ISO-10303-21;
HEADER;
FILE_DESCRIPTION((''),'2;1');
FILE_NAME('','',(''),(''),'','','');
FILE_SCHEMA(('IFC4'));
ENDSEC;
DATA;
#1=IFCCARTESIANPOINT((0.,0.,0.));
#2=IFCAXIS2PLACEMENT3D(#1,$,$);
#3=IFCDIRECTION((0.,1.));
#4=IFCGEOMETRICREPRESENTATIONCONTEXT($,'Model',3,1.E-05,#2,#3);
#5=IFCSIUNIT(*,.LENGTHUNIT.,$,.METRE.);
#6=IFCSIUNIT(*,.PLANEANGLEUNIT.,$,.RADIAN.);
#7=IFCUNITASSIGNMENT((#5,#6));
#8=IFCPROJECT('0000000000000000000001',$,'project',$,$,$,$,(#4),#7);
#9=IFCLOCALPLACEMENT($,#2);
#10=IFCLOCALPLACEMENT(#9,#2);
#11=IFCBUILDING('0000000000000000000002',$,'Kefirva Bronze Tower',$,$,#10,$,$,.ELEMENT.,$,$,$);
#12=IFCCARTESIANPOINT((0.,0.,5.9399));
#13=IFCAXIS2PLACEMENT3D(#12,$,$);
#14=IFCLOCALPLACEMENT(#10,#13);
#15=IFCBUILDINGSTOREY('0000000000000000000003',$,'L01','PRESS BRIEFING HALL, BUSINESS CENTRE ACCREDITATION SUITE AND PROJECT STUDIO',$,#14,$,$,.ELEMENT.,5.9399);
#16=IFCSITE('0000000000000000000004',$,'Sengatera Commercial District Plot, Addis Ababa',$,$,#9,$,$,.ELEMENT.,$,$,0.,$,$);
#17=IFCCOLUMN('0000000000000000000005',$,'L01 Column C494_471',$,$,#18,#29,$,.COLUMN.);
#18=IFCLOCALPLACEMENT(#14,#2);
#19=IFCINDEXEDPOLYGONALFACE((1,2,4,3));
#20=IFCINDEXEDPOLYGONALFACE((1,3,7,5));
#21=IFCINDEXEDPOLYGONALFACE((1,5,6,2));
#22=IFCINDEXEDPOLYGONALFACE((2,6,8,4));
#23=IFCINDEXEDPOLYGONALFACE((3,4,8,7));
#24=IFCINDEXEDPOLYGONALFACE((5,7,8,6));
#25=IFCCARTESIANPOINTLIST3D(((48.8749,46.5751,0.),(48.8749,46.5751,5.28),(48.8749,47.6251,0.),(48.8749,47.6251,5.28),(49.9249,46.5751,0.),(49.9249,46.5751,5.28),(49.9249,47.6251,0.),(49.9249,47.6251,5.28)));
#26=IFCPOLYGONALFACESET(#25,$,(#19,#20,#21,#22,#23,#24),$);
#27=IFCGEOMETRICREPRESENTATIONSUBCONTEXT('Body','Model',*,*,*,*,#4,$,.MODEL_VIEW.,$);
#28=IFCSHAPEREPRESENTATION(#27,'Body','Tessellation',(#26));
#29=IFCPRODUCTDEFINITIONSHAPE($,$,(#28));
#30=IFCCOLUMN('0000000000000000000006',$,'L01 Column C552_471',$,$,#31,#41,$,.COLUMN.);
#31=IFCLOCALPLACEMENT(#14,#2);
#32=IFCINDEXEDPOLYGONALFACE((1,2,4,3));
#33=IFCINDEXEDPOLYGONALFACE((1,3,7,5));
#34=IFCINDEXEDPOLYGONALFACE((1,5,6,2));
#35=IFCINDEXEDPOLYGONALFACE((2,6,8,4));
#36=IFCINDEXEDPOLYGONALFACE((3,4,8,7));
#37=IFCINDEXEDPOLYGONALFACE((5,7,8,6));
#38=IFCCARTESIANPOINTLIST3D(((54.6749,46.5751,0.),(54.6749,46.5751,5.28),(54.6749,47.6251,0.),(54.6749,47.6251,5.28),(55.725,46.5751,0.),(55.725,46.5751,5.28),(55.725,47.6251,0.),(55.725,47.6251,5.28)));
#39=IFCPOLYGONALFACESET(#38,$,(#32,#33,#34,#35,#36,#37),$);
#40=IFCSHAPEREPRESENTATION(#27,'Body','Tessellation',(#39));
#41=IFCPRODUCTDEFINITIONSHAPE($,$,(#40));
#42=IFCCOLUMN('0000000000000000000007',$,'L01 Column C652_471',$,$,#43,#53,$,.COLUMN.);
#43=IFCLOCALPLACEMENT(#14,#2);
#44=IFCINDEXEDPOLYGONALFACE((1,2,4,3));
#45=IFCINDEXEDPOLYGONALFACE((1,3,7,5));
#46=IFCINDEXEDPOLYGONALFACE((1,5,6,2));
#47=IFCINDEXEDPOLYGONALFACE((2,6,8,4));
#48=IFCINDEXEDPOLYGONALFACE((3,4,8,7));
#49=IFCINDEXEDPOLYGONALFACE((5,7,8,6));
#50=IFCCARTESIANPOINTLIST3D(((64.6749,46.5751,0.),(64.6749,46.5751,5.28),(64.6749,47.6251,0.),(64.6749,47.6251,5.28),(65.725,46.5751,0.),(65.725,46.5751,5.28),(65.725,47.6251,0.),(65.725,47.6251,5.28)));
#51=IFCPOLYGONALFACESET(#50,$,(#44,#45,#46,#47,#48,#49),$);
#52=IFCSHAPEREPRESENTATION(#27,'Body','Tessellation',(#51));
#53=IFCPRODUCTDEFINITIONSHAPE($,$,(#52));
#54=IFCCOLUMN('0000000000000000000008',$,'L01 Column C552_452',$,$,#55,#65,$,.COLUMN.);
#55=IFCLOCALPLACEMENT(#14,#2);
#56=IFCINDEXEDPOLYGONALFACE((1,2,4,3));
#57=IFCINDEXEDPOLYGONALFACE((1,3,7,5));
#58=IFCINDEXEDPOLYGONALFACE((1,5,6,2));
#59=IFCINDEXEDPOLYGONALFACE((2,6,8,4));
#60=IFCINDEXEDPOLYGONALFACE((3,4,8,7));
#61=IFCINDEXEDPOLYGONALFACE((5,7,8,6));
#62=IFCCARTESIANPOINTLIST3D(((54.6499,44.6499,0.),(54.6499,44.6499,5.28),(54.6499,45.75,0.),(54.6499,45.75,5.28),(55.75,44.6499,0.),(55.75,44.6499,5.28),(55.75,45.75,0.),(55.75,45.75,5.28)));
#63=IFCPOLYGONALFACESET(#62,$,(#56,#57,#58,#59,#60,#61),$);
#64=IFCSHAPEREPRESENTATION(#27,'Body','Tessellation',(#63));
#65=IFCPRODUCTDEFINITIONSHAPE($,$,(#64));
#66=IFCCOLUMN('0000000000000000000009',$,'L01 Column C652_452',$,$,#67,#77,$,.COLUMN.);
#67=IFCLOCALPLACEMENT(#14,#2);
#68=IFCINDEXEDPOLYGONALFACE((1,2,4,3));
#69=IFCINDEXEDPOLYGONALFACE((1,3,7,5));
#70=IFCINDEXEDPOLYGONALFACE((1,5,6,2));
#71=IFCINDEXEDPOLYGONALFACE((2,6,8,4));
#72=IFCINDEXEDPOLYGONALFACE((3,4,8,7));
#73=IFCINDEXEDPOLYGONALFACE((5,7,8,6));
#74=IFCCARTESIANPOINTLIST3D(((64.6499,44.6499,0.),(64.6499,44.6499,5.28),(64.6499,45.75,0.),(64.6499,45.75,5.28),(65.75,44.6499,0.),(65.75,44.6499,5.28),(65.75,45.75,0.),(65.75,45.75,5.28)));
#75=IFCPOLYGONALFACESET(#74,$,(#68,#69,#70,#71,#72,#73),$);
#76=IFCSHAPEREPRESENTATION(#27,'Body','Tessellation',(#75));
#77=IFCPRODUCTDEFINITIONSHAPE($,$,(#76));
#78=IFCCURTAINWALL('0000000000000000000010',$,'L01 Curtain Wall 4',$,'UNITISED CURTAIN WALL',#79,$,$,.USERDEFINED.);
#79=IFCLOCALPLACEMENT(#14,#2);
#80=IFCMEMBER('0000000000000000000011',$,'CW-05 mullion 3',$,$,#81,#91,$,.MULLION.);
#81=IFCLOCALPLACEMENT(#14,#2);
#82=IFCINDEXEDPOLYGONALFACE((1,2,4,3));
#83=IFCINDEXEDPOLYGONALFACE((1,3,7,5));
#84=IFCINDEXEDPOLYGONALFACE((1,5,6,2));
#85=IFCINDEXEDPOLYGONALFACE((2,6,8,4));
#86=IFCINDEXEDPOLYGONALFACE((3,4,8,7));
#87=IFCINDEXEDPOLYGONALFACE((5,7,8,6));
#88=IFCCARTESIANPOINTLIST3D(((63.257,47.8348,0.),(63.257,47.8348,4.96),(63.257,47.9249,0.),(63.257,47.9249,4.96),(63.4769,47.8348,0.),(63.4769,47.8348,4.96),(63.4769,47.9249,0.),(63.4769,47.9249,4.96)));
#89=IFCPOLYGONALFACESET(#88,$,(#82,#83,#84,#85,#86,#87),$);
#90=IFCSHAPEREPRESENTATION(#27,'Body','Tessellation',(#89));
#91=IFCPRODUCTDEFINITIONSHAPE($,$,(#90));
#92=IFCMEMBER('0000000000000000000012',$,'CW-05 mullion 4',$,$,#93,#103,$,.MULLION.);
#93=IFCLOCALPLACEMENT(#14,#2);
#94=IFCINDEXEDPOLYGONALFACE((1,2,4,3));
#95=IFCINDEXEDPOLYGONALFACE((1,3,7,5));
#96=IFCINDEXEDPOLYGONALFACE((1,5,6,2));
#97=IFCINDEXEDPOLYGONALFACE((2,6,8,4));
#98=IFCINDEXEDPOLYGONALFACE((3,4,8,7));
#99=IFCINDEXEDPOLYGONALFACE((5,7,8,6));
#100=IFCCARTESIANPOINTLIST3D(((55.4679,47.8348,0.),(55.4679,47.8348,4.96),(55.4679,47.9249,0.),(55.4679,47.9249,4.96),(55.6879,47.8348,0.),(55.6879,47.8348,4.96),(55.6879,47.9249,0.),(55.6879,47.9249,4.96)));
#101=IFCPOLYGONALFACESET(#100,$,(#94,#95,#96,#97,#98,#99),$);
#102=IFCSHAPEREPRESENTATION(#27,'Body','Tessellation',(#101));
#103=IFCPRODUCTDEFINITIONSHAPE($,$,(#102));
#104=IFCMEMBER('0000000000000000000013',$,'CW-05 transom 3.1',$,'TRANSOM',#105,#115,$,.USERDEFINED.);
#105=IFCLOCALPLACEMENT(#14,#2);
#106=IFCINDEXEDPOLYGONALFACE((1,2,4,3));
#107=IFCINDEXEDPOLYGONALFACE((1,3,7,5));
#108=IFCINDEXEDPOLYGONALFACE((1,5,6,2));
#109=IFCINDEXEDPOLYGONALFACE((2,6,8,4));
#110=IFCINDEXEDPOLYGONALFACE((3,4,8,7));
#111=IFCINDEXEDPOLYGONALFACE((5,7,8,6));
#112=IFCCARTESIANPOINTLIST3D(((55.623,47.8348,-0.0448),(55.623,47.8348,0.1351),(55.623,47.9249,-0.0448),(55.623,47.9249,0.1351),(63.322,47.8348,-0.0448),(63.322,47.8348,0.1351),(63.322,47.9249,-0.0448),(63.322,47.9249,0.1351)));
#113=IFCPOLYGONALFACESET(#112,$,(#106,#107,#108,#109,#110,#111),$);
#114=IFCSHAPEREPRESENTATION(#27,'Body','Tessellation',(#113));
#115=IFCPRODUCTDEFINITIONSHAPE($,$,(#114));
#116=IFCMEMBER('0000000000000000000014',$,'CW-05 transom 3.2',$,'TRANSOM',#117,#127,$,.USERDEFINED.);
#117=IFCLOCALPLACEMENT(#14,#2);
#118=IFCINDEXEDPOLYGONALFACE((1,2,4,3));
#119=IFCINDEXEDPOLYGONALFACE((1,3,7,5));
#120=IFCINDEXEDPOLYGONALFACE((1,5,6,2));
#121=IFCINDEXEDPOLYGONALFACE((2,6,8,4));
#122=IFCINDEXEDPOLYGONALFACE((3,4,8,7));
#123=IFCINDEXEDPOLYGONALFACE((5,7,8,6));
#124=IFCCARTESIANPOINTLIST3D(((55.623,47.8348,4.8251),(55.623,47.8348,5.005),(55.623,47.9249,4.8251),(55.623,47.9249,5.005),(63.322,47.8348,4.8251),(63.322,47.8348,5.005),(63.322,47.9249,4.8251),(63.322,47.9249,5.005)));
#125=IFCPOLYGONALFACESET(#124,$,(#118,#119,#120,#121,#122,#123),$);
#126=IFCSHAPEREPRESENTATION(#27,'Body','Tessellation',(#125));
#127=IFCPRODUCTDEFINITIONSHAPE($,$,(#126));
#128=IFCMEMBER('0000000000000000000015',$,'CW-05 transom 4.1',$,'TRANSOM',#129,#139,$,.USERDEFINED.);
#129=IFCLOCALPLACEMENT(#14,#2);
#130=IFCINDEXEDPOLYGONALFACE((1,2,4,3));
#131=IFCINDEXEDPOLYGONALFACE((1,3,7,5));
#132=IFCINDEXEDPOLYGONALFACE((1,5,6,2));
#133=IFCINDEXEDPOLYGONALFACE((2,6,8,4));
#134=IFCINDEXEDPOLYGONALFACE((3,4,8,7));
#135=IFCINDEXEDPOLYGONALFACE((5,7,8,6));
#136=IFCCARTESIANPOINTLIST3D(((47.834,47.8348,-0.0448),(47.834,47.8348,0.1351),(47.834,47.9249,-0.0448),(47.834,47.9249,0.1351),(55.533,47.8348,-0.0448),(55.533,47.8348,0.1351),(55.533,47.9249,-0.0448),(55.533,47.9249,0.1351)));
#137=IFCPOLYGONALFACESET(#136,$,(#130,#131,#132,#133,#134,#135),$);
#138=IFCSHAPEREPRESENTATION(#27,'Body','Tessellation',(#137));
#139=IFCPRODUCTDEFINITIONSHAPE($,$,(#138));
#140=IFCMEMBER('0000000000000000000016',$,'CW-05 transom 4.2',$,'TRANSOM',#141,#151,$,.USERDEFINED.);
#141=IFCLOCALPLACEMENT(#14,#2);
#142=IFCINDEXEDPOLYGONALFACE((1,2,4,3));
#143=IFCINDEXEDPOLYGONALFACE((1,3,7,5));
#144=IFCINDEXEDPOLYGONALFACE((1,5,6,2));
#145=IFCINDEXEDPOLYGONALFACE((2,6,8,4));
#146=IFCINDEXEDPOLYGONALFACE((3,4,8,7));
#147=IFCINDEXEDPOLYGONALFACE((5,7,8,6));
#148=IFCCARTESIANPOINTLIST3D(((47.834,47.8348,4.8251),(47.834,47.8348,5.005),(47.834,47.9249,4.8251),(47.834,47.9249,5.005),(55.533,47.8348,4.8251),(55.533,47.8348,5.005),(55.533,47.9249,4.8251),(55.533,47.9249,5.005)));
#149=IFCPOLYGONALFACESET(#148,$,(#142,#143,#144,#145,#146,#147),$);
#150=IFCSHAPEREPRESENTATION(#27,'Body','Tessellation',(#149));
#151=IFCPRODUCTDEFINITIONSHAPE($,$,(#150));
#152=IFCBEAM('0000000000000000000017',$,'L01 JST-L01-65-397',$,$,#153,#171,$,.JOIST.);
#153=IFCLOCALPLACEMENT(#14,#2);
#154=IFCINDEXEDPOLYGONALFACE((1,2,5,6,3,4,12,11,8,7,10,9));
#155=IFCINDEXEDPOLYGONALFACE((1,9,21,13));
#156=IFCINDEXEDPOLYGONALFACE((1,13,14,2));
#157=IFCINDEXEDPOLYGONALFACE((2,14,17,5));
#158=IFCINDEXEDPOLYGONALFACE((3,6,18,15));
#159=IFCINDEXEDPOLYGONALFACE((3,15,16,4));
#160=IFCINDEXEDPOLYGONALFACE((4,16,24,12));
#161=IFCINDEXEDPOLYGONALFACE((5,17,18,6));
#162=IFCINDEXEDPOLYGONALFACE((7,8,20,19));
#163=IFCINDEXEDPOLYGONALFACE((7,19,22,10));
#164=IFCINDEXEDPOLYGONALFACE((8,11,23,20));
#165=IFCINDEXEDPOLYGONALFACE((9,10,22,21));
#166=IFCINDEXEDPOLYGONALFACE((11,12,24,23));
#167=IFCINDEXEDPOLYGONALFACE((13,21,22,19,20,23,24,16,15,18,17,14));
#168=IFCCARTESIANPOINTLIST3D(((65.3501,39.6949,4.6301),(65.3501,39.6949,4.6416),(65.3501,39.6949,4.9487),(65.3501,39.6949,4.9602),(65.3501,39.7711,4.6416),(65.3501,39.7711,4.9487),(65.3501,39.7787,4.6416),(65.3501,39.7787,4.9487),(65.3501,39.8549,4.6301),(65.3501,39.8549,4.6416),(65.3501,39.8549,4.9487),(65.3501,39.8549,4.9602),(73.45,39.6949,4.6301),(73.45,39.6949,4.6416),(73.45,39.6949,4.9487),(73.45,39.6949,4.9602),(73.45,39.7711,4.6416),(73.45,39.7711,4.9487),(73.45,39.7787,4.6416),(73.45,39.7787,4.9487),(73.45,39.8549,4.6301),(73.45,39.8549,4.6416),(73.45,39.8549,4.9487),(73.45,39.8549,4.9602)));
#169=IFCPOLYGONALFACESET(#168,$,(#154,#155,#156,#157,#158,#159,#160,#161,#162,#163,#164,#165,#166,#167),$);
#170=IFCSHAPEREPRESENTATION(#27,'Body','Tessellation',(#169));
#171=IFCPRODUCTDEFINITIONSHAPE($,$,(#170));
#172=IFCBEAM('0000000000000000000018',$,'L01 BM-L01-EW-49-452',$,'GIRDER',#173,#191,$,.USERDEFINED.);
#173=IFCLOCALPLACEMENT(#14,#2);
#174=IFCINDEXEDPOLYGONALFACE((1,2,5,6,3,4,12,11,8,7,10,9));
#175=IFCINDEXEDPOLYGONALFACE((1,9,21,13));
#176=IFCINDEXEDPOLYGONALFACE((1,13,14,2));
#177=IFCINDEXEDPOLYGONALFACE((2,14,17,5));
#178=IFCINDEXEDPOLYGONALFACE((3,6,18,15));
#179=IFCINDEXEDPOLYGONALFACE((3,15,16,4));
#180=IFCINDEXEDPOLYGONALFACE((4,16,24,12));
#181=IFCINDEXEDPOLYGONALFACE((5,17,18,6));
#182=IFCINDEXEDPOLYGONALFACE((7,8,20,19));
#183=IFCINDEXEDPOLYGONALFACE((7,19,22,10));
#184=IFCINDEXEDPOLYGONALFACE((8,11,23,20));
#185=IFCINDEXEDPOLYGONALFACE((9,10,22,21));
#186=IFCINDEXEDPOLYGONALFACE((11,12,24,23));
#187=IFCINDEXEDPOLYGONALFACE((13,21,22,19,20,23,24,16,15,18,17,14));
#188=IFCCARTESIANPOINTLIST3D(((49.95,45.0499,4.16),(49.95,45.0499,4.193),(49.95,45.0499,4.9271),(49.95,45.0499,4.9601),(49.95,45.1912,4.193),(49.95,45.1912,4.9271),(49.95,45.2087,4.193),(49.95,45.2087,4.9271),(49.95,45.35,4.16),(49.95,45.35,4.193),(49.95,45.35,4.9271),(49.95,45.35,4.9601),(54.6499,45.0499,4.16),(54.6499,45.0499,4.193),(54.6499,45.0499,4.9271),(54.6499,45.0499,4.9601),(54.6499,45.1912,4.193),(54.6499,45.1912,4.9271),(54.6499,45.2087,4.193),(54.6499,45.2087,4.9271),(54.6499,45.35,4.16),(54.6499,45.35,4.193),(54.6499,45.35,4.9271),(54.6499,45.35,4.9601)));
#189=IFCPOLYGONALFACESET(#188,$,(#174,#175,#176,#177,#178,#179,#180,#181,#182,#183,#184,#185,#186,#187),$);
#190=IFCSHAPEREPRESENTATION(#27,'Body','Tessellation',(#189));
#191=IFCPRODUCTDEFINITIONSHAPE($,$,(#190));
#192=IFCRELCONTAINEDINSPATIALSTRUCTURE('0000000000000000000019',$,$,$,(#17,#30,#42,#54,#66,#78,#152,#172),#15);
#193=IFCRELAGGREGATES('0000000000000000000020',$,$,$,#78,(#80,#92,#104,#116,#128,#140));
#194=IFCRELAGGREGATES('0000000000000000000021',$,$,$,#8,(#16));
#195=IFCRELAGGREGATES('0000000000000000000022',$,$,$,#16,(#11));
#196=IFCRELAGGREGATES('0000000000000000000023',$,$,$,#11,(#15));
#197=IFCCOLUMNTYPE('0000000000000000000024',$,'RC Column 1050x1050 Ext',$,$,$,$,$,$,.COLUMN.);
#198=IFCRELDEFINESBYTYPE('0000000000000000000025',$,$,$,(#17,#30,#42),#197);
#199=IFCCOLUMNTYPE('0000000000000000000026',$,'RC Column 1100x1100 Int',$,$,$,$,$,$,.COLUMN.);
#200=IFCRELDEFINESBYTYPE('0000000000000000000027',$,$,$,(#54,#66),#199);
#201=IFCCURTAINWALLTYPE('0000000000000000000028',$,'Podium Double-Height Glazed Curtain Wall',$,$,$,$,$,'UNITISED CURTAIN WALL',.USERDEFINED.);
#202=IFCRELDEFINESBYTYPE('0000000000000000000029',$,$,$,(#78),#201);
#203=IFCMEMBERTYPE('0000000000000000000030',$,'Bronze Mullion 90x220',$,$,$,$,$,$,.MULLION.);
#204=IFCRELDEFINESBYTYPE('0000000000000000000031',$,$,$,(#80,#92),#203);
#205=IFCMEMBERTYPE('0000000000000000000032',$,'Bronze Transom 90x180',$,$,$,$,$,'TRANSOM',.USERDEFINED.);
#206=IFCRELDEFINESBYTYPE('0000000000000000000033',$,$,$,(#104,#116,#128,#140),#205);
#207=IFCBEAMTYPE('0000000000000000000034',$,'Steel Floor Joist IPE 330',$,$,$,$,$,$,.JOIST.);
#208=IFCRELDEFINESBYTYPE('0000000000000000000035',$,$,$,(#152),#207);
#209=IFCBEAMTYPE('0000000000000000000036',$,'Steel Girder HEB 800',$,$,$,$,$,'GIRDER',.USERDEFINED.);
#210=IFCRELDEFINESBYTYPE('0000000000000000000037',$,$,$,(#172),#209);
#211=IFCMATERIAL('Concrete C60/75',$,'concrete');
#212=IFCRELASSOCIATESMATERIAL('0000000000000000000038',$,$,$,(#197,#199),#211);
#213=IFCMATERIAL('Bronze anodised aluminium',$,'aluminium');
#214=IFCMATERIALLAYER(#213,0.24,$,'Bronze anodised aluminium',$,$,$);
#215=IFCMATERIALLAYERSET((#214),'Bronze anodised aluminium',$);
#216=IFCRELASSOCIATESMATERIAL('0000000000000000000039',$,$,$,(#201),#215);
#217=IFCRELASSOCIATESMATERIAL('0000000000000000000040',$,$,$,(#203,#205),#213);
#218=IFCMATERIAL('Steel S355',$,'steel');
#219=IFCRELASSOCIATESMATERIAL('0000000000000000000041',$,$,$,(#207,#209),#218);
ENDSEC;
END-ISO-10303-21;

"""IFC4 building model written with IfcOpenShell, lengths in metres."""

from ifc_helpers import new_model, si_unit, direction, frame, origin, origin_2d, place, context, subcontext, project, spatial, rectangle, i_section, extrude, material, layer, layer_set, material_profile, profile_set, type_object, element, aggregate, save


model = new_model("IFC4")

# Units and contexts
model_context = context("Model", 3, precision=1e-05, world=origin(), true_north=direction((0.0, 1.0)))
body_context = subcontext(model_context, "Body", "Model", "MODEL_VIEW")
ifc_project = project(units=[si_unit("LENGTHUNIT", "METRE"), si_unit("PLANEANGLEUNIT", "RADIAN")], contexts=[model_context])

# Site, building, storey
site_placement = place(None, origin())
site = spatial("IfcSite", under=ifc_project, at=site_placement, Name="Sengatera Commercial District Plot, Addis Ababa", CompositionType="ELEMENT", RefElevation=0.0)
building_placement = place(site_placement, origin())
building = spatial("IfcBuilding", under=site, at=building_placement, Name="Kefirva Bronze Tower", CompositionType="ELEMENT")
storey_placement = place(building_placement, frame((0.0, 0.0, 5.9399)))
storey = spatial("IfcBuildingStorey", under=building, at=storey_placement, Name="L01", Description="PRESS BRIEFING HALL, BUSINESS CENTRE ACCREDITATION SUITE AND PROJECT STUDIO", CompositionType="ELEMENT", Elevation=5.9399)

# Columns
ifc_material_1 = material(Name="Concrete C60/75", Category="concrete")
ifc_material_profile_1 = material_profile(ifc_material_1, rectangle(XDim=1.05, YDim=1.05, at=origin_2d()), Name="RC 1050x1050")
ifc_profile_set_1 = profile_set([ifc_material_profile_1], Name="Concrete C60/75")
column_type_1 = type_object("IfcColumnType", Name="RC Column 1050x1050 Ext", PredefinedType="COLUMN", material=ifc_profile_set_1)
for number, where, z_axis, x_axis, name in (
    (1, (49.3999, 47.1001, 0.0), (0.0, 0.0, 1.0), (1.0, 0.0, 0.0), "L01 Column C494_471"),
    (2, (55.2, 47.1001, 0.0), (0.0, 0.0, 1.0), (1.0, 0.0, 0.0), "L01 Column C552_471"),
    (3, (65.2, 47.1001, 0.0), (0.0, 0.0, 1.0), (1.0, 0.0, 0.0), "L01 Column C652_471"),
):
    element("IfcColumn", number, at=place(storey_placement, frame(where, z_axis=z_axis, x_axis=x_axis)), inside=storey, type_object=column_type_1, Name=name, PredefinedType="COLUMN", context=body_context, shape_type="SweptSolid", body=[
        extrude(rectangle(XDim=1.05, YDim=1.05, at=origin_2d()), origin(), (0.0, 0.0, 1.0), 5.28),
    ])
ifc_material_profile_2 = material_profile(ifc_material_1, rectangle(XDim=1.1001, YDim=1.1001, at=origin_2d()), Name="RC 1100x1100")
ifc_profile_set_2 = profile_set([ifc_material_profile_2], Name="Concrete C60/75")
column_type_2 = type_object("IfcColumnType", Name="RC Column 1100x1100 Int", PredefinedType="COLUMN", material=ifc_profile_set_2)
for number, where, z_axis, x_axis, name in (
    (4, (55.2, 45.2, 0.0), (0.0, 0.0, 1.0), (1.0, 0.0, 0.0), "L01 Column C552_452"),
    (5, (65.2, 45.2, 0.0), (0.0, 0.0, 1.0), (1.0, 0.0, 0.0), "L01 Column C652_452"),
):
    element("IfcColumn", number, at=place(storey_placement, frame(where, z_axis=z_axis, x_axis=x_axis)), inside=storey, type_object=column_type_2, Name=name, PredefinedType="COLUMN", context=body_context, shape_type="SweptSolid", body=[
        extrude(rectangle(XDim=1.1001, YDim=1.1001, at=origin_2d()), origin(), (0.0, 0.0, 1.0), 5.28),
    ])

# Curtain wall, members
ifc_material_2 = material(Name="Bronze anodised aluminium", Category="aluminium")
ifc_layer_1 = layer(ifc_material_2, 0.24, Name="Bronze anodised aluminium")
ifc_layer_set_1 = layer_set([ifc_layer_1], Name="Bronze anodised aluminium")
curtain_wall_type = type_object("IfcCurtainWallType", Name="Podium Double-Height Glazed Curtain Wall", ElementType="UNITISED CURTAIN WALL", PredefinedType="USERDEFINED", material=ifc_layer_set_1)
curtain_wall_placement = place(storey_placement, origin())
curtain_wall = element("IfcCurtainWall", 6, at=curtain_wall_placement, inside=storey, type_object=curtain_wall_type, Name="L01 Curtain Wall 4", ObjectType="UNITISED CURTAIN WALL", PredefinedType="USERDEFINED")
ifc_material_profile_3 = material_profile(ifc_material_2, rectangle(XDim=0.0901, YDim=0.22, at=origin_2d()), Name="ALU 90x220")
ifc_profile_set_3 = profile_set([ifc_material_profile_3], Name="Bronze anodised aluminium")
member_type_1 = type_object("IfcMemberType", Name="Bronze Mullion 90x220", PredefinedType="MULLION", material=ifc_profile_set_3)
member_1_placement = place(storey_placement, frame((63.3669, 47.8799, 0.0), z_axis=(0.0, 0.0, 1.0), x_axis=(0.0, -1.0, 0.0)))
member_1 = element("IfcMember", 7, at=member_1_placement, type_object=member_type_1, Name="CW-05 mullion 3", PredefinedType="MULLION", context=body_context, shape_type="SweptSolid", body=[
    extrude(rectangle(XDim=0.0901, YDim=0.22, at=origin_2d()), origin(), (0.0, 0.0, 1.0), 4.96),
])
member_2_placement = place(storey_placement, frame((55.5779, 47.8799, 0.0), z_axis=(0.0, 0.0, 1.0), x_axis=(0.0, -1.0, 0.0)))
member_2 = element("IfcMember", 8, at=member_2_placement, type_object=member_type_1, Name="CW-05 mullion 4", PredefinedType="MULLION", context=body_context, shape_type="SweptSolid", body=[
    extrude(rectangle(XDim=0.0901, YDim=0.22, at=origin_2d()), origin(), (0.0, 0.0, 1.0), 4.96),
])
ifc_material_profile_4 = material_profile(ifc_material_2, rectangle(XDim=0.0901, YDim=0.1799, at=origin_2d()), Name="ALU 90x180")
ifc_profile_set_4 = profile_set([ifc_material_profile_4], Name="Bronze anodised aluminium")
member_type_2 = type_object("IfcMemberType", Name="Bronze Transom 90x180", ElementType="TRANSOM", PredefinedType="USERDEFINED", material=ifc_profile_set_4)
member_3_placement = place(storey_placement, frame((63.322, 47.8799, 0.0452), z_axis=(-1.0, 0.0, 0.0), x_axis=(0.0, -1.0, 0.0)))
member_3 = element("IfcMember", 9, at=member_3_placement, type_object=member_type_2, Name="CW-05 transom 3.1", ObjectType="TRANSOM", PredefinedType="USERDEFINED", context=body_context, shape_type="SweptSolid", body=[
    extrude(rectangle(XDim=0.0901, YDim=0.1799, at=origin_2d()), origin(), (0.0, 0.0, 1.0), 7.699),
])
member_4_placement = place(storey_placement, frame((63.322, 47.8799, 4.915), z_axis=(-1.0, 0.0, 0.0), x_axis=(0.0, -1.0, 0.0)))
member_4 = element("IfcMember", 10, at=member_4_placement, type_object=member_type_2, Name="CW-05 transom 3.2", ObjectType="TRANSOM", PredefinedType="USERDEFINED", context=body_context, shape_type="SweptSolid", body=[
    extrude(rectangle(XDim=0.0901, YDim=0.1799, at=origin_2d()), origin(), (0.0, 0.0, 1.0), 7.699),
])
member_5_placement = place(storey_placement, frame((55.533, 47.8799, 0.0452), z_axis=(-1.0, 0.0, 0.0), x_axis=(0.0, -1.0, 0.0)))
member_5 = element("IfcMember", 11, at=member_5_placement, type_object=member_type_2, Name="CW-05 transom 4.1", ObjectType="TRANSOM", PredefinedType="USERDEFINED", context=body_context, shape_type="SweptSolid", body=[
    extrude(rectangle(XDim=0.0901, YDim=0.1799, at=origin_2d()), origin(), (0.0, 0.0, 1.0), 7.699),
])
member_6_placement = place(storey_placement, frame((55.533, 47.8799, 4.915), z_axis=(-1.0, 0.0, 0.0), x_axis=(0.0, -1.0, 0.0)))
member_6 = element("IfcMember", 12, at=member_6_placement, type_object=member_type_2, Name="CW-05 transom 4.2", ObjectType="TRANSOM", PredefinedType="USERDEFINED", context=body_context, shape_type="SweptSolid", body=[
    extrude(rectangle(XDim=0.0901, YDim=0.1799, at=origin_2d()), origin(), (0.0, 0.0, 1.0), 7.699),
])

# Beams
ifc_material_3 = material(Name="Steel S355", Category="steel")
ifc_material_profile_5 = material_profile(ifc_material_3, i_section(OverallWidth=0.1599, OverallDepth=0.3301, WebThickness=0.0076, FlangeThickness=0.0115, at=origin_2d()), Name="IPE 330")
ifc_profile_set_5 = profile_set([ifc_material_profile_5], Name="Steel S355")
beam_type_1 = type_object("IfcBeamType", Name="Steel Floor Joist IPE 330", PredefinedType="JOIST", material=ifc_profile_set_5)
beam_1_placement = place(storey_placement, frame((65.3501, 39.7749, 4.7952), z_axis=(1.0, 0.0, 0.0), x_axis=(0.0, 1.0, 0.0)))
element("IfcBeam", 13, at=beam_1_placement, inside=storey, type_object=beam_type_1, Name="L01 JST-L01-65-397", PredefinedType="JOIST", context=body_context, shape_type="SweptSolid", body=[
    extrude(i_section(OverallWidth=0.1599, OverallDepth=0.3301, WebThickness=0.0076, FlangeThickness=0.0115, at=origin_2d()), origin(), (0.0, 0.0, 1.0), 8.0999),
])
ifc_material_profile_6 = material_profile(ifc_material_3, i_section(OverallWidth=0.3, OverallDepth=0.8, WebThickness=0.0176, FlangeThickness=0.033, at=origin_2d()), Name="HEB 800")
ifc_profile_set_6 = profile_set([ifc_material_profile_6], Name="Steel S355")
beam_type_2 = type_object("IfcBeamType", Name="Steel Girder HEB 800", ElementType="GIRDER", PredefinedType="USERDEFINED", material=ifc_profile_set_6)
beam_2_placement = place(storey_placement, frame((49.95, 45.2, 4.5601), z_axis=(1.0, 0.0, 0.0), x_axis=(0.0, 1.0, 0.0)))
element("IfcBeam", 14, at=beam_2_placement, inside=storey, type_object=beam_type_2, Name="L01 BM-L01-EW-49-452", ObjectType="GIRDER", PredefinedType="USERDEFINED", context=body_context, shape_type="SweptSolid", body=[
    extrude(i_section(OverallWidth=0.3, OverallDepth=0.8, WebThickness=0.0176, FlangeThickness=0.033, at=origin_2d()), origin(), (0.0, 0.0, 1.0), 4.7),
])

aggregate(curtain_wall, [member_1, member_2, member_3, member_4, member_5, member_6])

save(model, "model.ifc")
